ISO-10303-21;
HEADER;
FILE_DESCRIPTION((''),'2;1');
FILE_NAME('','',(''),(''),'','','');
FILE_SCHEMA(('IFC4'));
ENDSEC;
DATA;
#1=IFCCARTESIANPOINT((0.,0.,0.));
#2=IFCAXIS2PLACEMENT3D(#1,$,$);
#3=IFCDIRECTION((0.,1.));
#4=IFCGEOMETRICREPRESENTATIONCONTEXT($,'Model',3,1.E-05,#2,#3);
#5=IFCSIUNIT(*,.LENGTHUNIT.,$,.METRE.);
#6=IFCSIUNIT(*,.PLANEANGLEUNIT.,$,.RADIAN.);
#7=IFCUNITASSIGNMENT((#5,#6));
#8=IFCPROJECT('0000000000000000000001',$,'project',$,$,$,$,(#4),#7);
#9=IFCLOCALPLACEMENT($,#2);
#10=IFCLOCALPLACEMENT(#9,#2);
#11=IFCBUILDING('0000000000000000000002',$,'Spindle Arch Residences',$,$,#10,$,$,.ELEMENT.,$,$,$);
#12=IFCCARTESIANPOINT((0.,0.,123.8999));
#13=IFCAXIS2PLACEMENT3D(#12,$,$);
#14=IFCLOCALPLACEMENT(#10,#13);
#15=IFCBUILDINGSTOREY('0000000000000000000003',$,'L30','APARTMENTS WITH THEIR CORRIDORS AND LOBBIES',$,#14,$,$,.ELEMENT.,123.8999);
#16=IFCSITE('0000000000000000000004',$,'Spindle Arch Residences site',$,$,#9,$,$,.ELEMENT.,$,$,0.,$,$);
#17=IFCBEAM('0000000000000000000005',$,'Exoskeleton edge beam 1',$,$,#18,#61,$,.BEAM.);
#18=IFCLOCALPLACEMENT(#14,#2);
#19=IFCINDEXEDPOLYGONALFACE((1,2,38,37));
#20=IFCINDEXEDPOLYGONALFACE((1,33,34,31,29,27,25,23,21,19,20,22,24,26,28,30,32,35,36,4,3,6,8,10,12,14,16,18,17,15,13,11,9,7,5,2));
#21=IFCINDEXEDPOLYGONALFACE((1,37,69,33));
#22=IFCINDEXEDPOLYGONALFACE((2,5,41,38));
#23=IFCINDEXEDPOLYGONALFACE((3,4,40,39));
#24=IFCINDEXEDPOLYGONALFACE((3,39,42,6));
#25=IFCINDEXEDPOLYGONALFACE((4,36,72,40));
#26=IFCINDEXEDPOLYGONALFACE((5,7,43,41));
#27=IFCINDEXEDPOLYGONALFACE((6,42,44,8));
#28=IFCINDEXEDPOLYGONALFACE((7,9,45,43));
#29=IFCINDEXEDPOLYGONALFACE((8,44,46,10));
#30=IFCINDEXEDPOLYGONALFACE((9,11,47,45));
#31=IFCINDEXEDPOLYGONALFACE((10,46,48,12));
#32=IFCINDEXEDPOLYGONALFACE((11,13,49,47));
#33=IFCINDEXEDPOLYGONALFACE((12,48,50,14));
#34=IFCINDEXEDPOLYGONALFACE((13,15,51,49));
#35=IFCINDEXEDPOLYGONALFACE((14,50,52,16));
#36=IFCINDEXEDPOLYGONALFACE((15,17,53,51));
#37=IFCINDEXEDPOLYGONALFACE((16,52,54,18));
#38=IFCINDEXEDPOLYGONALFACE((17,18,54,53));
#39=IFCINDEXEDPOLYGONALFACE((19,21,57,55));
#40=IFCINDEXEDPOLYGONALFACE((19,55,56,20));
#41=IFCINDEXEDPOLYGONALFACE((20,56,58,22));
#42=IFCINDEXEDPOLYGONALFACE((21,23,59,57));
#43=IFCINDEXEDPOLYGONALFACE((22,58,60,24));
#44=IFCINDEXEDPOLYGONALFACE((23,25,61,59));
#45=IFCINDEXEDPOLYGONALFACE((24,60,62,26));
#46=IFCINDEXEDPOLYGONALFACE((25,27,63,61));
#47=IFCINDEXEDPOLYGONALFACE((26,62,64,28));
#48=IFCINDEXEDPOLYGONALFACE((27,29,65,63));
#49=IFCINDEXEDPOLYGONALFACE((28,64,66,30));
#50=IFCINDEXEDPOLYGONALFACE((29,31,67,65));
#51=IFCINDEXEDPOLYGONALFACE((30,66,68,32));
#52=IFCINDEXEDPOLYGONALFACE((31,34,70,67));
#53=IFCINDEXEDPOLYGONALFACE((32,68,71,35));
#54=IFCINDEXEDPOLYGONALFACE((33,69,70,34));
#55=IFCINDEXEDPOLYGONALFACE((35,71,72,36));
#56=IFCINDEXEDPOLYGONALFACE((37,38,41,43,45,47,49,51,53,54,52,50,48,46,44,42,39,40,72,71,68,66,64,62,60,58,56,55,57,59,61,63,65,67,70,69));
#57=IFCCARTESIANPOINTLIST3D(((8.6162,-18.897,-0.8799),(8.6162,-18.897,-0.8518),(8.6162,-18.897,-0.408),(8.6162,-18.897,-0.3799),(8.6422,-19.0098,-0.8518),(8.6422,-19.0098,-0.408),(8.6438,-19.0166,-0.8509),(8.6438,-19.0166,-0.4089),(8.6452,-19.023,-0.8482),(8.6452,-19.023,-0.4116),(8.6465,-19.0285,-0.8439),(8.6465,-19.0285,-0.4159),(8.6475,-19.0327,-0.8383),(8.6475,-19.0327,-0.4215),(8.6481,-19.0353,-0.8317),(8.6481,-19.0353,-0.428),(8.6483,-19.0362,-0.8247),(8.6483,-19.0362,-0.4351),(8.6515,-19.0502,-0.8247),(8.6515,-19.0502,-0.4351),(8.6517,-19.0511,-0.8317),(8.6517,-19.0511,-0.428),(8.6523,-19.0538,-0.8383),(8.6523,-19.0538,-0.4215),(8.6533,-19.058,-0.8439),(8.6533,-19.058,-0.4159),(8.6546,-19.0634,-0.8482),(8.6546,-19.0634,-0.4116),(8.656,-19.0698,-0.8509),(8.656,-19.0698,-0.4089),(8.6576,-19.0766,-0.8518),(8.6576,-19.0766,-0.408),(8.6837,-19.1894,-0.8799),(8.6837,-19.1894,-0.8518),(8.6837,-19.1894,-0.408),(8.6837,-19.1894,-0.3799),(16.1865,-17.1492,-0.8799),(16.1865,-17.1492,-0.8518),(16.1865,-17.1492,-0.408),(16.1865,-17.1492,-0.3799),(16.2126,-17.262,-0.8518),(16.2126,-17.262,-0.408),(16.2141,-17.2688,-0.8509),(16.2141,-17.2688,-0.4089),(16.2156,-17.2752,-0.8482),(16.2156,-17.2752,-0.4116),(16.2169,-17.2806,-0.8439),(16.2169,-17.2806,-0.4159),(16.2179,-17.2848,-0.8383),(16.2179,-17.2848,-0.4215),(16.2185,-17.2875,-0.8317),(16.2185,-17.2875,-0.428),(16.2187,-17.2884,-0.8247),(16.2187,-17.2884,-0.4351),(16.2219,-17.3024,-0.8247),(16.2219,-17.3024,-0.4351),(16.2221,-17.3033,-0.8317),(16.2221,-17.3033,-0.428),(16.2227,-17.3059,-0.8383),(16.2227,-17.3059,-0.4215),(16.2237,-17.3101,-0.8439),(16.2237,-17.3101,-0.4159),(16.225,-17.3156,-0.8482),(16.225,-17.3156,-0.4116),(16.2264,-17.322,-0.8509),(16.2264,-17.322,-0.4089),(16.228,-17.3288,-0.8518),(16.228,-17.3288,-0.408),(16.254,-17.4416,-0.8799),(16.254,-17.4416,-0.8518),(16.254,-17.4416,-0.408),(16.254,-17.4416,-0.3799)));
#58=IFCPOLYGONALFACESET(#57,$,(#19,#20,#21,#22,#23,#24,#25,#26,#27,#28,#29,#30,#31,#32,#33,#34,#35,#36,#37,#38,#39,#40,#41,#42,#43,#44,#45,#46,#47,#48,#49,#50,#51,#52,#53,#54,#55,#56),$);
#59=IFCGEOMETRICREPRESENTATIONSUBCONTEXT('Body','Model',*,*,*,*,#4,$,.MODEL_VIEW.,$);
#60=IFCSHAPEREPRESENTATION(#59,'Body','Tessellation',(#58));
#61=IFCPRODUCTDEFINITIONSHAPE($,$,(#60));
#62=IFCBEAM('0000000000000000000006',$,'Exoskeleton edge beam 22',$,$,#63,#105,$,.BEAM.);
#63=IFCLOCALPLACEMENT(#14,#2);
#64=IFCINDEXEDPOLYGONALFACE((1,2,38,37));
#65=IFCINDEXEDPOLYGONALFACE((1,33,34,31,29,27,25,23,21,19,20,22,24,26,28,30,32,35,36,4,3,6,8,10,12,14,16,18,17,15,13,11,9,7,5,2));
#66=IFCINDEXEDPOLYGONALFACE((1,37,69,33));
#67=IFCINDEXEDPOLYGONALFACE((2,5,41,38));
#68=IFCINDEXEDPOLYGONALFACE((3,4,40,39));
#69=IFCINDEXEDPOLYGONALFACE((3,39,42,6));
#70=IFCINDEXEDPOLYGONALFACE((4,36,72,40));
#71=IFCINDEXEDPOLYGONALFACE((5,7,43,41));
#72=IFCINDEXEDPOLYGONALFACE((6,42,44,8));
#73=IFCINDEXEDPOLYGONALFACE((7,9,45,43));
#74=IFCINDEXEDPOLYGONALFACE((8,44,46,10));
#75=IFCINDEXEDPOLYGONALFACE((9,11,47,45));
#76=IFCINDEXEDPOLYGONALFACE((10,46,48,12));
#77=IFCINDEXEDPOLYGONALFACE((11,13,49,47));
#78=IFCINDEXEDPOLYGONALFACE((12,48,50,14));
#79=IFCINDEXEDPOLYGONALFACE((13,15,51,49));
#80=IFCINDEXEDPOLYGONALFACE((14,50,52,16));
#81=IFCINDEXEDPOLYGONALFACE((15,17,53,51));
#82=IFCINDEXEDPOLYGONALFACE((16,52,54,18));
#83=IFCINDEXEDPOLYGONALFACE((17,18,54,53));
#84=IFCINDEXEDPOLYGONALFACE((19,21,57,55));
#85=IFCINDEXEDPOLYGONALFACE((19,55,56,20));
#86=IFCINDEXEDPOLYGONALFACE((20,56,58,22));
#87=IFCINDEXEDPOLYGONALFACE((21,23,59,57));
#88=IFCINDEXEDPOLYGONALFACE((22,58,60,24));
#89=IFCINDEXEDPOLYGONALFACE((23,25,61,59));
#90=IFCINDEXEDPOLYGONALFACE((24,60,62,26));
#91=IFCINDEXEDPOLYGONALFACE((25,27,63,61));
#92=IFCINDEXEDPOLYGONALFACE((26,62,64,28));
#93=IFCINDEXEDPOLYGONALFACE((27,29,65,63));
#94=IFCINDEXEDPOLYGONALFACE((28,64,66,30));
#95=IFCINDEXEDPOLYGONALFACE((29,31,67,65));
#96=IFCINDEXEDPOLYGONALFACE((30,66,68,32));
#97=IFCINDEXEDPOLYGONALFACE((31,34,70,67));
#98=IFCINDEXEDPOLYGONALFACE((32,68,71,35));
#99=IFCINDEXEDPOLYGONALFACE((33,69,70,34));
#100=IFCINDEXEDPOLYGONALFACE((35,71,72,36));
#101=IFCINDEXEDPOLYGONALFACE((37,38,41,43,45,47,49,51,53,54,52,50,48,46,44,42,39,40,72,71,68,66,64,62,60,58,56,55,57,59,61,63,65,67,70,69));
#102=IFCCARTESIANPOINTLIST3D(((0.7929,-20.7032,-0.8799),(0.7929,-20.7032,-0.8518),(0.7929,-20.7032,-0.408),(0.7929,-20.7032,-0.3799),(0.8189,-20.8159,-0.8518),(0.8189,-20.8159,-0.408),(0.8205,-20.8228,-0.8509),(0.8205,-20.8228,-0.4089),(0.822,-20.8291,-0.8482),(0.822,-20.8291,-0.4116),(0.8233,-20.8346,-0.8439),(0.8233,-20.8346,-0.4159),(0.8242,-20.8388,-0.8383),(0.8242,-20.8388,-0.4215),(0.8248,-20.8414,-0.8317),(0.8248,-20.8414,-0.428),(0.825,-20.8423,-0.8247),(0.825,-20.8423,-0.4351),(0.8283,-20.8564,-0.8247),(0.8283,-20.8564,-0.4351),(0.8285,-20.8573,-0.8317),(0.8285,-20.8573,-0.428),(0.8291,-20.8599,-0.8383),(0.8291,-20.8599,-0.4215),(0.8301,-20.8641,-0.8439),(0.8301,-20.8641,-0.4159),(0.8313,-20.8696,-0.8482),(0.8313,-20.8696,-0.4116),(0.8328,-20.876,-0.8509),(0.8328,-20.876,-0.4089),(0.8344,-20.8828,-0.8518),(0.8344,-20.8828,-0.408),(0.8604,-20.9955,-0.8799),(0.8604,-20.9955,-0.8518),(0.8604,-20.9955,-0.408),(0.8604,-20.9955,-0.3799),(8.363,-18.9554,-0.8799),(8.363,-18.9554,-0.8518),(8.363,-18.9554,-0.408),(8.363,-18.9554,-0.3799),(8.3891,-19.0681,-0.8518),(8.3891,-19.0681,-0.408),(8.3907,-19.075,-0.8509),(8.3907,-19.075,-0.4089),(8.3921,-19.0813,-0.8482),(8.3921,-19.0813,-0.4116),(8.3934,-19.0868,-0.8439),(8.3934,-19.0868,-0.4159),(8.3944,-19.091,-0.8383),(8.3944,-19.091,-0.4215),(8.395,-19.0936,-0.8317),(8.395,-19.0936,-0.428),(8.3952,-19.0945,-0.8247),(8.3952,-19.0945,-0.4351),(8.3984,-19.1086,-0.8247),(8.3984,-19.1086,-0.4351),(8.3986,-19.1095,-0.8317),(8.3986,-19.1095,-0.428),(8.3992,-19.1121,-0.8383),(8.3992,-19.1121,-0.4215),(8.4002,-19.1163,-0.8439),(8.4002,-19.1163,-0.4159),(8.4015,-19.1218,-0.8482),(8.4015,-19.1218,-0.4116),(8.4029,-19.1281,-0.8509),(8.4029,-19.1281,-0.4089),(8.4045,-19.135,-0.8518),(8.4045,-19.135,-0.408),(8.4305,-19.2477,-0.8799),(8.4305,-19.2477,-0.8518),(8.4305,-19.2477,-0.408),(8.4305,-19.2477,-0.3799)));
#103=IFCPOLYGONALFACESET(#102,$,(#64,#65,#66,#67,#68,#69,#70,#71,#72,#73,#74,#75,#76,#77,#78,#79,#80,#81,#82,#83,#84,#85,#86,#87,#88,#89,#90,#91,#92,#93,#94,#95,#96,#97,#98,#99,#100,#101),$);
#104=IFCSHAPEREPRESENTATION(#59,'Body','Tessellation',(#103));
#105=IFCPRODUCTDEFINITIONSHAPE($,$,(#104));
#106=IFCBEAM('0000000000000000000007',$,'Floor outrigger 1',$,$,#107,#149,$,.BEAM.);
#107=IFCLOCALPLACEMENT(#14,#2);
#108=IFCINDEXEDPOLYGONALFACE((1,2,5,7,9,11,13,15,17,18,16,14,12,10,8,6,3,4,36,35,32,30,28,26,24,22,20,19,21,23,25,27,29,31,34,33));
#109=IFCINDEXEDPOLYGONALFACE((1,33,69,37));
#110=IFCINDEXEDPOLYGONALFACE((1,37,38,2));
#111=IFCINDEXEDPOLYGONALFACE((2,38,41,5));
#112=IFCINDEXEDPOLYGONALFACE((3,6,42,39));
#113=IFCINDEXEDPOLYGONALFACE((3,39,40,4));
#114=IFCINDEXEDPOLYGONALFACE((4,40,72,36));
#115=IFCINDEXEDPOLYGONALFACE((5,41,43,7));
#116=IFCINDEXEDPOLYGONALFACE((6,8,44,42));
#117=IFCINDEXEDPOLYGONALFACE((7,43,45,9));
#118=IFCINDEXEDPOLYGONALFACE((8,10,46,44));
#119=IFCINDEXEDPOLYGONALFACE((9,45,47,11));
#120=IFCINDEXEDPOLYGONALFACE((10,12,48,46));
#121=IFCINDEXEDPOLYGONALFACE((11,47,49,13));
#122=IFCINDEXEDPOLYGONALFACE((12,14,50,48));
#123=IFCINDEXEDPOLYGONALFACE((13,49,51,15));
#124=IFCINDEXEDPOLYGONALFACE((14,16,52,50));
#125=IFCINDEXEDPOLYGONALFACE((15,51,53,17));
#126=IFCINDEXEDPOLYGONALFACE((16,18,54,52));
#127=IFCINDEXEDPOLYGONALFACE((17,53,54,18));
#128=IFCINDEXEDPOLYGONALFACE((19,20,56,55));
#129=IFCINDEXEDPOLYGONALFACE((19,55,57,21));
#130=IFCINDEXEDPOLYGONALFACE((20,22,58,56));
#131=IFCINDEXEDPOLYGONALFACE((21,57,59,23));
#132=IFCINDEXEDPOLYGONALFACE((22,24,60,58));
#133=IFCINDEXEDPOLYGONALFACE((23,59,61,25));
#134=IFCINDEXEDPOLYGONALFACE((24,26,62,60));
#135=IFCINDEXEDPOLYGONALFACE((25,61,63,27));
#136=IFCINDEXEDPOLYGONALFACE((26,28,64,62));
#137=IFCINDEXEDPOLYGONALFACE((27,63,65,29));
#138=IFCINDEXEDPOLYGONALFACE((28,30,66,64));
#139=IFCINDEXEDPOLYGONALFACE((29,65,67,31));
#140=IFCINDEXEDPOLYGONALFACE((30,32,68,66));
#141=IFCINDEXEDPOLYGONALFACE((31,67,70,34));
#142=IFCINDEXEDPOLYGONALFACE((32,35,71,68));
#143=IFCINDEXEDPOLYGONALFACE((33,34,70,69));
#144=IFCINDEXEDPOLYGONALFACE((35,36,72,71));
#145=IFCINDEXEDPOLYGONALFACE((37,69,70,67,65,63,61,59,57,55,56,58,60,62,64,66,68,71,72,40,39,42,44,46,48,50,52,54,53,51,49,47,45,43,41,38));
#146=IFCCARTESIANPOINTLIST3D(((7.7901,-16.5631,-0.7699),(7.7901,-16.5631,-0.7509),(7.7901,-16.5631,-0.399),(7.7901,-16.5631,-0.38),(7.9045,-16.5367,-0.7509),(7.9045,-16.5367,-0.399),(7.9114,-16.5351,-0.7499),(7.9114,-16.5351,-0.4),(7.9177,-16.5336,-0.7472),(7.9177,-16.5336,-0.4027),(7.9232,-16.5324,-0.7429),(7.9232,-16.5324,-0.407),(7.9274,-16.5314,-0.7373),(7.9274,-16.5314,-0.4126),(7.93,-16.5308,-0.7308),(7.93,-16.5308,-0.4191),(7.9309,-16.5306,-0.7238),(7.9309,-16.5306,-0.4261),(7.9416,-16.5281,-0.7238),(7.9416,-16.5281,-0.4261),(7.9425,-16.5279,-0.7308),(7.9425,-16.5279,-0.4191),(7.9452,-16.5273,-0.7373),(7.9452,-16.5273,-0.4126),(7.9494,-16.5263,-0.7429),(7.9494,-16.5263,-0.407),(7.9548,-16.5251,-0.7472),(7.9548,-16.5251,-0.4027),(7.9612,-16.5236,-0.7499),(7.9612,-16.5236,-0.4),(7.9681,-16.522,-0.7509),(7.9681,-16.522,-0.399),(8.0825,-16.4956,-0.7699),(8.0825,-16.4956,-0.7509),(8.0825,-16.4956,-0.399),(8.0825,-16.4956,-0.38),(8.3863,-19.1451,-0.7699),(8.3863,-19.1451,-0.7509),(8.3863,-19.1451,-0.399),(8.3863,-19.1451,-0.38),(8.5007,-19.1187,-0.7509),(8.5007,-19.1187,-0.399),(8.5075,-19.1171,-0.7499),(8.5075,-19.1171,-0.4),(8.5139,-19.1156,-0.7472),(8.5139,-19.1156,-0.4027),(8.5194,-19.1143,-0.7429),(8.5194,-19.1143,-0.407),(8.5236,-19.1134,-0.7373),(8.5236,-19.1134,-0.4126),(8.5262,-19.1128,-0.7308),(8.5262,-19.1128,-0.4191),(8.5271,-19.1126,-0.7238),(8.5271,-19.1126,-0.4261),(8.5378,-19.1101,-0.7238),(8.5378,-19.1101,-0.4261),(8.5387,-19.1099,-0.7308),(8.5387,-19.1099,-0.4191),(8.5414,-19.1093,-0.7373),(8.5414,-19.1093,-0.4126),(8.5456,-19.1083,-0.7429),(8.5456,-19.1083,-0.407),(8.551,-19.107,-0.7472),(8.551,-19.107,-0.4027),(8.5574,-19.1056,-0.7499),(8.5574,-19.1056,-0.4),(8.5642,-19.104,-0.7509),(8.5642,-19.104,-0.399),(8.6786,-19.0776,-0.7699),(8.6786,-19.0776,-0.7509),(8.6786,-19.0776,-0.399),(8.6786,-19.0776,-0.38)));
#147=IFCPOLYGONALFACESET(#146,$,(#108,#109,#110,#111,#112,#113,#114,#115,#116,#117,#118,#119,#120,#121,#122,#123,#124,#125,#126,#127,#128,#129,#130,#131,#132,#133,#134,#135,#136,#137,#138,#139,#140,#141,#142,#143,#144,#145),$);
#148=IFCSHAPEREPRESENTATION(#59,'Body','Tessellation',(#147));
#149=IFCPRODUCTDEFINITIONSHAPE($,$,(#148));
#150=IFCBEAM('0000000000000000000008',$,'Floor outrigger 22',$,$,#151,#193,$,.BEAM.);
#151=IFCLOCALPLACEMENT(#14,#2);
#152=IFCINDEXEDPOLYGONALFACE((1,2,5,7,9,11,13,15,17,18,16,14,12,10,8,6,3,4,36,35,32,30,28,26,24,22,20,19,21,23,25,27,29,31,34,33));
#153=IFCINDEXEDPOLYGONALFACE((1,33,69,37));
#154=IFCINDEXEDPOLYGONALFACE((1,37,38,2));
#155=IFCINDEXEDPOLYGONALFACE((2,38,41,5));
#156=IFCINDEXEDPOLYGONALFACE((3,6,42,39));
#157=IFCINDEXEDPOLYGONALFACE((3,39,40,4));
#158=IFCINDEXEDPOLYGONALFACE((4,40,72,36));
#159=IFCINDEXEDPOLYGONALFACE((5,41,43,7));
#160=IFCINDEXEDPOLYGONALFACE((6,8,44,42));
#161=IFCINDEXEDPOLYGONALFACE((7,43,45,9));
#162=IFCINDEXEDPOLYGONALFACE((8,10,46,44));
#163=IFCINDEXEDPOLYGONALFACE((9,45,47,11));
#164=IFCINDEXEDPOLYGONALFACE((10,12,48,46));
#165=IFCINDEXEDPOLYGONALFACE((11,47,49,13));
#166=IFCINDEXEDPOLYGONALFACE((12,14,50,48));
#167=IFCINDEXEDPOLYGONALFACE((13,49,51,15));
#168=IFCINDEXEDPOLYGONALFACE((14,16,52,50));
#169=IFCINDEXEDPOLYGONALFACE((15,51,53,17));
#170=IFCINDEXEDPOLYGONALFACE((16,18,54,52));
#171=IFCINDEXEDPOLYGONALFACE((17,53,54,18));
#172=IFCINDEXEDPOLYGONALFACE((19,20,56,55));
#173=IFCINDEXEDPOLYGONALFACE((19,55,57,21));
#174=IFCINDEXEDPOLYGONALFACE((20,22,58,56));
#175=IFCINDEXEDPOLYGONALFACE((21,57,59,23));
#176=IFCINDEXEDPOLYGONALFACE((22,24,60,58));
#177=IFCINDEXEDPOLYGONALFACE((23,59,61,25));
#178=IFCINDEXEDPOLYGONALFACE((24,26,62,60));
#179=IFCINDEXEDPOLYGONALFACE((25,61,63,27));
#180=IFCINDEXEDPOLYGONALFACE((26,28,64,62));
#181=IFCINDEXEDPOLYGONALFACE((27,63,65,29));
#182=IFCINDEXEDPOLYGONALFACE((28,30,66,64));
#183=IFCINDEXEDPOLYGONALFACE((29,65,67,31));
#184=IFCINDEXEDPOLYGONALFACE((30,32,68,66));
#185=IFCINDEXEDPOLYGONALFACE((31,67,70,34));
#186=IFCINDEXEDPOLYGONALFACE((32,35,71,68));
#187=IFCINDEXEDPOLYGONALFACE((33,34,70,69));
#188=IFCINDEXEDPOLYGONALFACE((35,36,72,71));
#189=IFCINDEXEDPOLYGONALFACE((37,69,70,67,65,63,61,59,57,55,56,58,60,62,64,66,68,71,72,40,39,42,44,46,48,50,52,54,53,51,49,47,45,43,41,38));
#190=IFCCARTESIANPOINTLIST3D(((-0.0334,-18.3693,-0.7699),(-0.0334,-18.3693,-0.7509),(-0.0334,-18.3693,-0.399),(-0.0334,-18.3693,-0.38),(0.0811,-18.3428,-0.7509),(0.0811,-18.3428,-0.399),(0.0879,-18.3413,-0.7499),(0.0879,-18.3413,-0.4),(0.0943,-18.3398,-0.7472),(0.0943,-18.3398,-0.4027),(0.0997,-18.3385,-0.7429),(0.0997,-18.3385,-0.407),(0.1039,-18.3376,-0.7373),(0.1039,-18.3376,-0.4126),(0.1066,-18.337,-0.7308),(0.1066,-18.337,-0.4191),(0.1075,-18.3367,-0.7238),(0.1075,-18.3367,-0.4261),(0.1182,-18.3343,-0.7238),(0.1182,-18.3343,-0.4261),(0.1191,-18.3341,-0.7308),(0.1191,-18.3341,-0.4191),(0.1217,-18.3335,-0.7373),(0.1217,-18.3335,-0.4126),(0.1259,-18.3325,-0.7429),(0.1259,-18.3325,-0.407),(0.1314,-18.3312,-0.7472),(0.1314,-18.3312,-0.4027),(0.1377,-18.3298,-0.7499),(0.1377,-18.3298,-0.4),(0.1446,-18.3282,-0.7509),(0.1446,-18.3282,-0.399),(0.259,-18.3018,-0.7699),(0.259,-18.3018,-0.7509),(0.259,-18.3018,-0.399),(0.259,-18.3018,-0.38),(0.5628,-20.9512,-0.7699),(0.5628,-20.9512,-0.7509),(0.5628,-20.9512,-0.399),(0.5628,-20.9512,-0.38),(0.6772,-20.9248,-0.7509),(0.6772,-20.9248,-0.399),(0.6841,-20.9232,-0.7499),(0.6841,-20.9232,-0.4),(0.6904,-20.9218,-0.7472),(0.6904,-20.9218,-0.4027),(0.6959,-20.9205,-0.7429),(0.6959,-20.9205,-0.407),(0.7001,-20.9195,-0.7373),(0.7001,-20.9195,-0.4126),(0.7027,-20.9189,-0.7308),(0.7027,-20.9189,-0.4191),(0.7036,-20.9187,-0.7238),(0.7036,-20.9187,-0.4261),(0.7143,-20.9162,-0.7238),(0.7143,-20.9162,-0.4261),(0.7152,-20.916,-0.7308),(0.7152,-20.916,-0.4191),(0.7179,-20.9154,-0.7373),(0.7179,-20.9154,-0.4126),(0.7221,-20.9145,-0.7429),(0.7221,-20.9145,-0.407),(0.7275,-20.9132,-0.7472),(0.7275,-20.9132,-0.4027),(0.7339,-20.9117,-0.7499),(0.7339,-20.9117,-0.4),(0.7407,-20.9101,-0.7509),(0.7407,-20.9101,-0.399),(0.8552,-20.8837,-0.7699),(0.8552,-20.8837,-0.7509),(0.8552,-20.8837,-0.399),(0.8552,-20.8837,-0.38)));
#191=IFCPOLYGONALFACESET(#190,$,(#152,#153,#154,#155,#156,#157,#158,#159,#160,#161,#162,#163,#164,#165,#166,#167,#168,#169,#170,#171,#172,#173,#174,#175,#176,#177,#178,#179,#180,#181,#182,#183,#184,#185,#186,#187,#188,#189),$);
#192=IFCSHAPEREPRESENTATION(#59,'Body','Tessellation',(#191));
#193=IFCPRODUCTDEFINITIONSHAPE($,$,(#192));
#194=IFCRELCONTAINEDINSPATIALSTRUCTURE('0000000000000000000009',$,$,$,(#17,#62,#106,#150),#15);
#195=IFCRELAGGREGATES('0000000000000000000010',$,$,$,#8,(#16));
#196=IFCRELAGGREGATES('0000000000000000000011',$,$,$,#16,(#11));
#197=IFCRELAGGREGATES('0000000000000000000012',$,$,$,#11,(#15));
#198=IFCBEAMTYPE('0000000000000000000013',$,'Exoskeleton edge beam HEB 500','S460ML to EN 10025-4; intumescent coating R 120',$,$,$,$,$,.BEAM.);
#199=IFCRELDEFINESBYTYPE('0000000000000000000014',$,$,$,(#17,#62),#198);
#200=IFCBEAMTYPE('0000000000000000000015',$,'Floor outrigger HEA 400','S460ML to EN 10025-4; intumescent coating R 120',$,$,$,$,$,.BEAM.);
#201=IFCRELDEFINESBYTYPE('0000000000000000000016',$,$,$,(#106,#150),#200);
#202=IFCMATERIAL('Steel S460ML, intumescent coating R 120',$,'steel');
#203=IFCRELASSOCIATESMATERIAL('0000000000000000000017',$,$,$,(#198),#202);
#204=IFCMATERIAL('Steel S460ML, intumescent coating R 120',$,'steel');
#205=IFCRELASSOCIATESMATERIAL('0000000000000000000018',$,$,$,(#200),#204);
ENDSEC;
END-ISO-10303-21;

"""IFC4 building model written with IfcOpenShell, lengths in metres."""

from ifc_helpers import new_model, si_unit, direction, frame, origin, origin_2d, place, context, subcontext, project, spatial, i_section, extrude, material, material_profile, profile_set, type_object, element, save


model = new_model("IFC4")

# Units and contexts
model_context = context("Model", 3, precision=1e-05, world=origin(), true_north=direction((0.0, 1.0)))
body_context = subcontext(model_context, "Body", "Model", "MODEL_VIEW")
ifc_project = project(units=[si_unit("LENGTHUNIT", "METRE"), si_unit("PLANEANGLEUNIT", "RADIAN")], contexts=[model_context])

# Site, building, storey
site_placement = place(None, origin())
site = spatial("IfcSite", under=ifc_project, at=site_placement, Name="Spindle Arch Residences site", CompositionType="ELEMENT", RefElevation=0.0)
building_placement = place(site_placement, origin())
building = spatial("IfcBuilding", under=site, at=building_placement, Name="Spindle Arch Residences", CompositionType="ELEMENT")
storey_placement = place(building_placement, frame((0.0, 0.0, 123.8999)))
storey = spatial("IfcBuildingStorey", under=building, at=storey_placement, Name="L30", Description="APARTMENTS WITH THEIR CORRIDORS AND LOBBIES", CompositionType="ELEMENT", Elevation=123.8999)

# Beams
ifc_material_1 = material(Name="Steel S460ML, intumescent coating R 120", Category="steel")
ifc_material_profile_1 = material_profile(ifc_material_1, i_section(OverallWidth=0.3, OverallDepth=0.5, WebThickness=0.0144, FlangeThickness=0.0281, FilletRadius=0.0271, at=origin_2d()), Name="HEB 500")
ifc_profile_set_1 = profile_set([ifc_material_profile_1], Name="Steel S460ML, intumescent coating R 120")
beam_type_1 = type_object("IfcBeamType", Name="Exoskeleton edge beam HEB 500", Description="S460ML to EN 10025-4; intumescent coating R 120", PredefinedType="BEAM", material=ifc_profile_set_1)
beam_1_placement = place(storey_placement, frame((8.6499, -19.0432, -0.6299), z_axis=(0.974368, 0.224958, 0.0), x_axis=(-0.224958, 0.974368, 0.0)))
element("IfcBeam", 1, at=beam_1_placement, inside=storey, type_object=beam_type_1, Name="Exoskeleton edge beam 1", PredefinedType="BEAM", context=body_context, shape_type="SweptSolid", body=[
    extrude(i_section(OverallWidth=0.3, OverallDepth=0.5, WebThickness=0.0144, FlangeThickness=0.0281, FilletRadius=0.0271, at=origin_2d()), origin(), (0.0, 0.0, 1.0), 7.7695),
])
beam_2_placement = place(storey_placement, frame((0.8267, -20.8494, -0.6299), z_axis=(0.974367, 0.224965, 0.0), x_axis=(-0.224965, 0.974367, 0.0)))
element("IfcBeam", 2, at=beam_2_placement, inside=storey, type_object=beam_type_1, Name="Exoskeleton edge beam 22", PredefinedType="BEAM", context=body_context, shape_type="SweptSolid", body=[
    extrude(i_section(OverallWidth=0.3, OverallDepth=0.5, WebThickness=0.0144, FlangeThickness=0.0281, FilletRadius=0.0271, at=origin_2d()), origin(), (0.0, 0.0, 1.0), 7.7693),
])
ifc_material_2 = material(Name="Steel S460ML, intumescent coating R 120", Category="steel")
ifc_material_profile_2 = material_profile(ifc_material_2, i_section(OverallWidth=0.3, OverallDepth=0.3899, WebThickness=0.011, FlangeThickness=0.019, FilletRadius=0.0271, at=origin_2d()), Name="HEA 400")
ifc_profile_set_2 = profile_set([ifc_material_profile_2], Name="Steel S460ML, intumescent coating R 120")
beam_type_2 = type_object("IfcBeamType", Name="Floor outrigger HEA 400", Description="S460ML to EN 10025-4; intumescent coating R 120", PredefinedType="BEAM", material=ifc_profile_set_2)
for number, where, z_axis, x_axis, name in (
    (3, (8.5325, -19.1113, -0.575), (-0.224981, 0.974363, 0.0), (-0.974363, -0.224981, 0.0), "Floor outrigger 1"),
    (4, (0.709, -20.9175, -0.575), (-0.224981, 0.974363, 0.0), (-0.974363, -0.224981, 0.0), "Floor outrigger 22"),
):
    element("IfcBeam", number, at=place(storey_placement, frame(where, z_axis=z_axis, x_axis=x_axis)), inside=storey, type_object=beam_type_2, Name=name, PredefinedType="BEAM", context=body_context, shape_type="SweptSolid", body=[
        extrude(i_section(OverallWidth=0.3, OverallDepth=0.3899, WebThickness=0.011, FlangeThickness=0.019, FilletRadius=0.0271, at=origin_2d()), origin(), (0.0, 0.0, 1.0), 2.6499),
    ])

save(model, "model.ifc")
